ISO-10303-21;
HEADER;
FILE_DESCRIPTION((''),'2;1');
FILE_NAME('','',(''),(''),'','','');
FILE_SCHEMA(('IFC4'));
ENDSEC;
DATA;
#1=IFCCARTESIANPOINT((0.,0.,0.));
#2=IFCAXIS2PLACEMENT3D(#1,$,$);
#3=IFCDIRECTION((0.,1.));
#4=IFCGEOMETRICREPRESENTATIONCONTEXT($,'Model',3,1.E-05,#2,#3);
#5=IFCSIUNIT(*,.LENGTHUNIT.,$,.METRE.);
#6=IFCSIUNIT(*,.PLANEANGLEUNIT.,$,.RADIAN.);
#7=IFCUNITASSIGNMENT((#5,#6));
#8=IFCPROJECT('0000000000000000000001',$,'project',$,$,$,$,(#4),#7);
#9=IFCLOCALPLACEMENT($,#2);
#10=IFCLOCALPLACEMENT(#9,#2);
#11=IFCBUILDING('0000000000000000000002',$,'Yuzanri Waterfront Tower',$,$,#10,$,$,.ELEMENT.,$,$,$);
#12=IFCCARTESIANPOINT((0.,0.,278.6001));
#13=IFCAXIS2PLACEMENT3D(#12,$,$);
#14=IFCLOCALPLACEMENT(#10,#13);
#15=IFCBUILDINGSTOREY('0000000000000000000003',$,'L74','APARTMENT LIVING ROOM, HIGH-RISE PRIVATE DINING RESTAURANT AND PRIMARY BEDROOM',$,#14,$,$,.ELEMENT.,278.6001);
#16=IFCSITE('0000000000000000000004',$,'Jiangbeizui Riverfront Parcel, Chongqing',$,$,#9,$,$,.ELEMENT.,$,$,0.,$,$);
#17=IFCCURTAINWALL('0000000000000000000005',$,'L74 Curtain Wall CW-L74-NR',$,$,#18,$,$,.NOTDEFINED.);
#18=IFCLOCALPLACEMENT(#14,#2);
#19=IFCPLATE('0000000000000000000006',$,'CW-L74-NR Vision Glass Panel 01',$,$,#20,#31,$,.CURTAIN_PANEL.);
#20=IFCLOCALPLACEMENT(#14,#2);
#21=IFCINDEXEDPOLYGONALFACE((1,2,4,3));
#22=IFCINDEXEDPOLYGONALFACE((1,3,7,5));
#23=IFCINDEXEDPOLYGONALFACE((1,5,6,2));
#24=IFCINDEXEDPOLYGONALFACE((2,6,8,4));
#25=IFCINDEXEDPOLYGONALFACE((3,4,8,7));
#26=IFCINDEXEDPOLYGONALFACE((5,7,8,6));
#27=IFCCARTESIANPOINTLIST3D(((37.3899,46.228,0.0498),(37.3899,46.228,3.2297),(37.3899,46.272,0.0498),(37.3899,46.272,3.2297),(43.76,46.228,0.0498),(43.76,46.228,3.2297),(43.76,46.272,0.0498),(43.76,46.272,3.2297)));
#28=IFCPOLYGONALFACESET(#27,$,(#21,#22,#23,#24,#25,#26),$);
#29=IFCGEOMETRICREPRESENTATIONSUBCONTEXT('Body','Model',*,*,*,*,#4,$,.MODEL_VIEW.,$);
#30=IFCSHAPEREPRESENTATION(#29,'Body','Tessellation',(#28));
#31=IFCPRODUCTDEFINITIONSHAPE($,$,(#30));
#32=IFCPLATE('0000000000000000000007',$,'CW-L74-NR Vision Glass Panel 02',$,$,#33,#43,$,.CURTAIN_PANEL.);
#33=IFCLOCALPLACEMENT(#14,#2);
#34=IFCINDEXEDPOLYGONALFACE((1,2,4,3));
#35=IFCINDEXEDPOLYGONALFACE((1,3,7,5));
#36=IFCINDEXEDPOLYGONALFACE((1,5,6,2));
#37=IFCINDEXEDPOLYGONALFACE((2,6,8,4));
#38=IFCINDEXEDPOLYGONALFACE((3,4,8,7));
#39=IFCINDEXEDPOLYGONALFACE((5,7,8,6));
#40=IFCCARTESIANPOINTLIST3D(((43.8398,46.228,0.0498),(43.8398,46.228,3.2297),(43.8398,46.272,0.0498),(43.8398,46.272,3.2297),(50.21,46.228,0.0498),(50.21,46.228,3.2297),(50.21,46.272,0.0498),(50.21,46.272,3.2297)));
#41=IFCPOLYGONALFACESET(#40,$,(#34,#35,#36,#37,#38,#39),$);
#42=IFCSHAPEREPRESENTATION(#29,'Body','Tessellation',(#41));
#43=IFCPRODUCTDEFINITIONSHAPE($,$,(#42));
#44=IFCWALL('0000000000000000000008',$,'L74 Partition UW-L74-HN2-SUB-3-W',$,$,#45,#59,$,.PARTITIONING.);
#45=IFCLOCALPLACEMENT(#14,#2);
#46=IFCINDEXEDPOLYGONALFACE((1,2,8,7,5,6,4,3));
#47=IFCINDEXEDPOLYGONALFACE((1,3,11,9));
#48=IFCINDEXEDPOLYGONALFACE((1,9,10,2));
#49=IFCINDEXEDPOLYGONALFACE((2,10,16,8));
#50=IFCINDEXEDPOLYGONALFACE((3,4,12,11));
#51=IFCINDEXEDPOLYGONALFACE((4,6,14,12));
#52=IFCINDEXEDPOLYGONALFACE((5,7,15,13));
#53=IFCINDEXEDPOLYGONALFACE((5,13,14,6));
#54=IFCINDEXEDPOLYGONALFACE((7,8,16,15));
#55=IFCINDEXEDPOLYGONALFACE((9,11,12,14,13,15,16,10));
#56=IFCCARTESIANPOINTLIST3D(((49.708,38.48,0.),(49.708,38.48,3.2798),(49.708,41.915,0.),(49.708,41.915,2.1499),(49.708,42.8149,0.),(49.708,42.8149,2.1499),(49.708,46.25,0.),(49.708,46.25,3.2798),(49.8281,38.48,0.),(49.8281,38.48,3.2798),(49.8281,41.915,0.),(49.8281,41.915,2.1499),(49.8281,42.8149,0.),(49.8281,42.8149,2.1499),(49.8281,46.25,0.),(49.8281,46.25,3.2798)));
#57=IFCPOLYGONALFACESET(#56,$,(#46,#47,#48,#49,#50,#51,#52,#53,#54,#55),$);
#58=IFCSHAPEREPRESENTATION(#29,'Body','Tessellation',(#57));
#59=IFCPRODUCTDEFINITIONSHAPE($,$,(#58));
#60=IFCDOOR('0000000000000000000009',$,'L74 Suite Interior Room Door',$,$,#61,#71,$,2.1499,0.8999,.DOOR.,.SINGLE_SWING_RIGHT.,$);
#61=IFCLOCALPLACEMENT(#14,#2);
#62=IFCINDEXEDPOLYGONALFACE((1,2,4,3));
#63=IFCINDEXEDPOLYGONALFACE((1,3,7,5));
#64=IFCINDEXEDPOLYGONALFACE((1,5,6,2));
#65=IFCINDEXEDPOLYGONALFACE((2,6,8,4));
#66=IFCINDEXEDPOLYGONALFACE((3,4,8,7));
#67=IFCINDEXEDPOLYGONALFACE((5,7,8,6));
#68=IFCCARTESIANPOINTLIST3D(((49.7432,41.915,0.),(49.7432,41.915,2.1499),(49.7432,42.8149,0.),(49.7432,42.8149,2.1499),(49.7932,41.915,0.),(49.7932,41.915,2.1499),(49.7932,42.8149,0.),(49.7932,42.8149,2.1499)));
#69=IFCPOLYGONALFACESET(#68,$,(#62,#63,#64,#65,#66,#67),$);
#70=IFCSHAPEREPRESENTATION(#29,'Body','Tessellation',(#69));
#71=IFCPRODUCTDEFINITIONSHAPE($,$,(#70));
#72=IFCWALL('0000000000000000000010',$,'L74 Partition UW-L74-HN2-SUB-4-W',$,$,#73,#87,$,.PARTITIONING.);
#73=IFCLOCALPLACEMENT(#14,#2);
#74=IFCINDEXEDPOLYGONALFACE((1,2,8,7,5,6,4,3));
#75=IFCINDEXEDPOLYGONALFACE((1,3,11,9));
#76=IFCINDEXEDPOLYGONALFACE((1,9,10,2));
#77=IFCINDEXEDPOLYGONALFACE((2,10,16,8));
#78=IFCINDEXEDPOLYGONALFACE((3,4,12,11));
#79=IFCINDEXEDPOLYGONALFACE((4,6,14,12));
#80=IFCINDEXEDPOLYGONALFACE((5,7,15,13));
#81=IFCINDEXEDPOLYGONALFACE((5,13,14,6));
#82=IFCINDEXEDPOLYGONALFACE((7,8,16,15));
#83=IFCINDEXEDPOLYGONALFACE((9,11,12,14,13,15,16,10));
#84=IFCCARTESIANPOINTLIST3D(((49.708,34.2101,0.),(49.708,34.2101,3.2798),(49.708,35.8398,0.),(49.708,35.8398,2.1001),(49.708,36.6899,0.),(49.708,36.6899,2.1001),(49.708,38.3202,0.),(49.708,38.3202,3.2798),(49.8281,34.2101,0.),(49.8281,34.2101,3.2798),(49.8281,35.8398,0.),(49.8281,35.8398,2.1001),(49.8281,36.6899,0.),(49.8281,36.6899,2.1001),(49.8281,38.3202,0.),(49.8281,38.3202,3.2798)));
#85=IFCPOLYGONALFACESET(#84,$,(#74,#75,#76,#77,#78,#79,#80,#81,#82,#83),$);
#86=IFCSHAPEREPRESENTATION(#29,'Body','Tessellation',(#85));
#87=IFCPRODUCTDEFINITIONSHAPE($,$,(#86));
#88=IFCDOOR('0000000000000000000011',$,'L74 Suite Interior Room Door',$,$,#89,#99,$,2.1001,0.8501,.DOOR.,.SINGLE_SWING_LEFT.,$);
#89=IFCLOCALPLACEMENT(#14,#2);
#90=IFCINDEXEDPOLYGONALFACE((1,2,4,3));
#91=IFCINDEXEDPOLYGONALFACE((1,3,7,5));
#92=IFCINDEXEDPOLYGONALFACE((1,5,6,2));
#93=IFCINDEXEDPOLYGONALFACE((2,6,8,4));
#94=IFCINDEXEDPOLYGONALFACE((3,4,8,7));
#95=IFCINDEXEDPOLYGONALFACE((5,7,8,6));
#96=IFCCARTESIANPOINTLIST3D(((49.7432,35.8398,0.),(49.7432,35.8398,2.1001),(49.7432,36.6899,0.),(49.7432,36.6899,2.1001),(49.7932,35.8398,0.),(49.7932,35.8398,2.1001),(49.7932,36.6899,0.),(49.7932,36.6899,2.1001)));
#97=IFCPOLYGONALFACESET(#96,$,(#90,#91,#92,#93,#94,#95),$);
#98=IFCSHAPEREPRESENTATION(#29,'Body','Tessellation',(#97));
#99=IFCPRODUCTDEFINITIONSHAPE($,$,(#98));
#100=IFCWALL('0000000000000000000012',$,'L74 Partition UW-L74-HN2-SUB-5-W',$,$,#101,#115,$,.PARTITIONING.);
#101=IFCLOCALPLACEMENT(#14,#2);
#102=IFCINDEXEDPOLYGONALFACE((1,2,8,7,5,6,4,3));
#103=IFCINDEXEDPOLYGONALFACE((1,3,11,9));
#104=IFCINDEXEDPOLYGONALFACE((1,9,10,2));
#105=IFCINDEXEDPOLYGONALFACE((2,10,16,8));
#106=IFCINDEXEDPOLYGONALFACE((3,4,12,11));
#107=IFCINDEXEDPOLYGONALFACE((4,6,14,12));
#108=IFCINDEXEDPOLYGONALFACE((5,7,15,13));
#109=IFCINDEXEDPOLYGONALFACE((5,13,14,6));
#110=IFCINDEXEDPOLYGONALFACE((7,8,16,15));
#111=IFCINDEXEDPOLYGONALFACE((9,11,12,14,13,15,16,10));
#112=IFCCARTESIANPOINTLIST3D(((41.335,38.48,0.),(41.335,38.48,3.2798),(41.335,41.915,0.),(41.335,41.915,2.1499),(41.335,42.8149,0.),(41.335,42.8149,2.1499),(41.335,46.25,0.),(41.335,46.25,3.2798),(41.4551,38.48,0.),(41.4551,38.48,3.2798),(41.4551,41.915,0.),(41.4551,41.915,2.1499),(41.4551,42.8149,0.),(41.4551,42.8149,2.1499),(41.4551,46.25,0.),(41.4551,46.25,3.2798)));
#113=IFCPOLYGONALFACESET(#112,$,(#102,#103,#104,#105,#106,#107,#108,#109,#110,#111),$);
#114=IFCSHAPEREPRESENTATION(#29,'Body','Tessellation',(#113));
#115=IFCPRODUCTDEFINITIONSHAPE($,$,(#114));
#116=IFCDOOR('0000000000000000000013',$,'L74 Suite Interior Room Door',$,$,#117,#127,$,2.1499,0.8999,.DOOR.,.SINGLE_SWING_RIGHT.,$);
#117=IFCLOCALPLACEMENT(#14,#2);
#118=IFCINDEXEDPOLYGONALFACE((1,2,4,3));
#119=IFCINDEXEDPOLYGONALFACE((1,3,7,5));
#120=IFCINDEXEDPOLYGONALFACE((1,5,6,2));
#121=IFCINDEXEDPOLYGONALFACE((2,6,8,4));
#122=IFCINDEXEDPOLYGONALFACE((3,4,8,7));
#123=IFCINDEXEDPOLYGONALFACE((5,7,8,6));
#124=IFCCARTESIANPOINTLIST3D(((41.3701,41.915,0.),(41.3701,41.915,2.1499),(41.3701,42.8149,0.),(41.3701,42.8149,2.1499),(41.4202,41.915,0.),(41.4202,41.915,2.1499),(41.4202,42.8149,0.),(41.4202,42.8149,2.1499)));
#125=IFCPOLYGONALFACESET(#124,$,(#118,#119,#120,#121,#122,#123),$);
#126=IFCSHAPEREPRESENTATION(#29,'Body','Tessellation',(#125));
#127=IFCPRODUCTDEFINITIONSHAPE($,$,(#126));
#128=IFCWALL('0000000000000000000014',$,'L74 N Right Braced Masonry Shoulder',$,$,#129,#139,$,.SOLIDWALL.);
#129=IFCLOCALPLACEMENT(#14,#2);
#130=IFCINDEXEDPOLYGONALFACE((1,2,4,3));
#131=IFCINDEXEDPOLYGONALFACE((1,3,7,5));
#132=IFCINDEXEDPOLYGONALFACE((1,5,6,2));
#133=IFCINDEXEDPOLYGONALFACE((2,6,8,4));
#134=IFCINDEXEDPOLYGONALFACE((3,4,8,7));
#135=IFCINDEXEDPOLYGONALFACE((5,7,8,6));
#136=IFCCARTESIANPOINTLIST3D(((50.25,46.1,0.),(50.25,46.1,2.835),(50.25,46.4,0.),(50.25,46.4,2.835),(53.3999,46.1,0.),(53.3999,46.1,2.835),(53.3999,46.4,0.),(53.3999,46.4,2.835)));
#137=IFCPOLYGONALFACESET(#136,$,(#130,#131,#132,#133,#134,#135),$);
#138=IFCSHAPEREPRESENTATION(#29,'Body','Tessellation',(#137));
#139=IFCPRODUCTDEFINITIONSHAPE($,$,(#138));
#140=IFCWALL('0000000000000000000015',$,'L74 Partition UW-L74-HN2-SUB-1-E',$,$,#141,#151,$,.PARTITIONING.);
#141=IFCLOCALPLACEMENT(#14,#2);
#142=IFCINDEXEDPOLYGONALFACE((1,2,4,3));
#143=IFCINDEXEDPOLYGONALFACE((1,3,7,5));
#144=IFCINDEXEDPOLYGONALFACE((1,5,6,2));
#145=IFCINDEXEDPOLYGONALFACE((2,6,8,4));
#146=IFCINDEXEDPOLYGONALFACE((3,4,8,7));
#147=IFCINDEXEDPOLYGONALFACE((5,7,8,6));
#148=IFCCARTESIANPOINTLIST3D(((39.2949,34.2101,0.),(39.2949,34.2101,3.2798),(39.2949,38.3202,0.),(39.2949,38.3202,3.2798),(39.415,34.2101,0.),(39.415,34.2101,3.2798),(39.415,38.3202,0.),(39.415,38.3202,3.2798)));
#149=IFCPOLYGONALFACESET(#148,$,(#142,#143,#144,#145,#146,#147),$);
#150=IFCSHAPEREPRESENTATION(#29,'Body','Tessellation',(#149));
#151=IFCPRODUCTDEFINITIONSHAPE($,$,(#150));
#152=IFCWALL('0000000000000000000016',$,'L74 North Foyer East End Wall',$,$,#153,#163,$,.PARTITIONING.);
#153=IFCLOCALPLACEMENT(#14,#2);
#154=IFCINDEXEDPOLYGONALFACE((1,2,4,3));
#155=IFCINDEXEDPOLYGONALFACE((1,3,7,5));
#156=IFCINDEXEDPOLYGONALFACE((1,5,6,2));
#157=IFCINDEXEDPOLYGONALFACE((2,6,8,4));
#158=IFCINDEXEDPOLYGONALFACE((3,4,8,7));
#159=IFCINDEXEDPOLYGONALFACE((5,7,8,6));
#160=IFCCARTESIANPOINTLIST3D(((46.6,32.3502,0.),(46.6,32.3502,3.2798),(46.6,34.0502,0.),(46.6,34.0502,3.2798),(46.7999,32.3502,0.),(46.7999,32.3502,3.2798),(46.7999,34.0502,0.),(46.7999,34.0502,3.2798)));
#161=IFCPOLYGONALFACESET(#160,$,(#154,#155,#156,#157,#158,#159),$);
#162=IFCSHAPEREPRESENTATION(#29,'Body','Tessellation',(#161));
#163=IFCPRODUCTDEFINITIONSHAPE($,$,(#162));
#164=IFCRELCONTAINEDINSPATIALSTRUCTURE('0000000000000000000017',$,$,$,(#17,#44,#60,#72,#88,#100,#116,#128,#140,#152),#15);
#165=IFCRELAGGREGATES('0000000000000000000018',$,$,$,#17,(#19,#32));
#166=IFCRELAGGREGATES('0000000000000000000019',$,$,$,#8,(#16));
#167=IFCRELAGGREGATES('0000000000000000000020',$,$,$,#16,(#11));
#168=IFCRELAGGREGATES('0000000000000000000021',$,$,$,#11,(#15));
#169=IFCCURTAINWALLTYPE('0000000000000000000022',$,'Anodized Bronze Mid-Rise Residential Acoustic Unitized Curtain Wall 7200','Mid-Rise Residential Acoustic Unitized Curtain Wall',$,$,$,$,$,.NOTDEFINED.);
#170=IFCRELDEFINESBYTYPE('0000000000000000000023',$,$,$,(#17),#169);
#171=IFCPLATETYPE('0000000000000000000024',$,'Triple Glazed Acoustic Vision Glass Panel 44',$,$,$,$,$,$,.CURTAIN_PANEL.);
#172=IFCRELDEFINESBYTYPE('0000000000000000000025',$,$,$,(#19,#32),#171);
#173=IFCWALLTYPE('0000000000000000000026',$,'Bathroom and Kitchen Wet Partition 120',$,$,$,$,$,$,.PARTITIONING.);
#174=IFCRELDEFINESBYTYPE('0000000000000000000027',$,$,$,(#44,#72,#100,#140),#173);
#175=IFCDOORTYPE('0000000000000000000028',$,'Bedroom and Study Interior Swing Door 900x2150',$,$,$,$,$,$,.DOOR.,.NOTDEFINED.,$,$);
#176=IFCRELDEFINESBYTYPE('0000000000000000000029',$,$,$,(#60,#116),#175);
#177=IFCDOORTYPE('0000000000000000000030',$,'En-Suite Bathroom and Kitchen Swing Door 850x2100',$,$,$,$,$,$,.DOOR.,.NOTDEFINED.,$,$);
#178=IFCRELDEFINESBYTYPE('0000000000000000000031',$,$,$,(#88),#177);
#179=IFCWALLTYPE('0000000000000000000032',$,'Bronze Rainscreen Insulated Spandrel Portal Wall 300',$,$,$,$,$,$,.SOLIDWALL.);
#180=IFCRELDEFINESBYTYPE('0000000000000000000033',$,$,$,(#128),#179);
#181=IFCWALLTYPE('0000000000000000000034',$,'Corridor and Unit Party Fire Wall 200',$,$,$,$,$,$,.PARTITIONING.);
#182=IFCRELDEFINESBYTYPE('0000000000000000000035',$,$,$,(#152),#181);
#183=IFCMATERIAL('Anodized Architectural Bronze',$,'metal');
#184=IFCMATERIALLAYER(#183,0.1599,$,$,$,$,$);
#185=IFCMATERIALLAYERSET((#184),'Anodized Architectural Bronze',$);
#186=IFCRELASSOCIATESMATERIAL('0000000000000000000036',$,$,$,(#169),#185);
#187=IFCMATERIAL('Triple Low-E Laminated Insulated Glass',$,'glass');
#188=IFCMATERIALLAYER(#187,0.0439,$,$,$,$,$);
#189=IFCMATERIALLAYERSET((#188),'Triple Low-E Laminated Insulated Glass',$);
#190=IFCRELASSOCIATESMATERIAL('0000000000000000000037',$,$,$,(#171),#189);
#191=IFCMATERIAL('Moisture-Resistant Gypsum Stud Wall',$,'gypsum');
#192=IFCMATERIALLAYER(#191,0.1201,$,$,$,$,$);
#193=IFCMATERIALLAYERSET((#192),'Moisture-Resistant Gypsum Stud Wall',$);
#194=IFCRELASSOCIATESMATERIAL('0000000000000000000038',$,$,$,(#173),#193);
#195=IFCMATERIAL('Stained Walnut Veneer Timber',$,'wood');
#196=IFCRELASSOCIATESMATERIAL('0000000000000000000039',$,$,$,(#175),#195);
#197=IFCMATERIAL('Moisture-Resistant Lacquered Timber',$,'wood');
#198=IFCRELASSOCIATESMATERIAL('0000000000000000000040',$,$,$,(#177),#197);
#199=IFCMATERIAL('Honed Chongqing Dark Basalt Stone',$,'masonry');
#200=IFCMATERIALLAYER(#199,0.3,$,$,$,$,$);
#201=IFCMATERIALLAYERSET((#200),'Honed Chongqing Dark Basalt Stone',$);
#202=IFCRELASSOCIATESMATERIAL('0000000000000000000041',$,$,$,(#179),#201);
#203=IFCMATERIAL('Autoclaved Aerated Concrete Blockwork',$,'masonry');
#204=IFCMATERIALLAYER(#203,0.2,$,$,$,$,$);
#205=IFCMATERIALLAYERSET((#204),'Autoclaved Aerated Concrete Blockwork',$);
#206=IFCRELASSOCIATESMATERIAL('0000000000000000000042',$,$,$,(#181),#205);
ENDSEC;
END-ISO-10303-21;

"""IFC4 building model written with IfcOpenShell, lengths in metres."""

from ifc_helpers import new_model, si_unit, direction, frame, frame_2d, origin, origin_2d, place, context, subcontext, project, spatial, rectangle, extrude, source, transform, mapped, material, layer, layer_set, type_object, element, fill, aggregate, save


model = new_model("IFC4")

# Units and contexts
model_context = context("Model", 3, precision=1e-05, world=origin(), true_north=direction((0.0, 1.0)))
body_context = subcontext(model_context, "Body", "Model", "MODEL_VIEW")
ifc_project = project(units=[si_unit("LENGTHUNIT", "METRE"), si_unit("PLANEANGLEUNIT", "RADIAN")], contexts=[model_context])

# Site, building, storey
site_placement = place(None, origin())
site = spatial("IfcSite", under=ifc_project, at=site_placement, Name="Jiangbeizui Riverfront Parcel, Chongqing", CompositionType="ELEMENT", RefElevation=0.0)
building_placement = place(site_placement, origin())
building = spatial("IfcBuilding", under=site, at=building_placement, Name="Yuzanri Waterfront Tower", CompositionType="ELEMENT")
storey_placement = place(building_placement, frame((0.0, 0.0, 278.6001)))
storey = spatial("IfcBuildingStorey", under=building, at=storey_placement, Name="L74", Description="APARTMENT LIVING ROOM, HIGH-RISE PRIVATE DINING RESTAURANT AND PRIMARY BEDROOM", CompositionType="ELEMENT", Elevation=278.6001)

# Curtain wall, plates
ifc_material_1 = material(Name="Anodized Architectural Bronze", Category="metal")
ifc_layer_1 = layer(ifc_material_1, 0.1599)
ifc_layer_set_1 = layer_set([ifc_layer_1], Name="Anodized Architectural Bronze")
curtain_wall_type = type_object("IfcCurtainWallType", Name="Anodized Bronze Mid-Rise Residential Acoustic Unitized Curtain Wall 7200", Description="Mid-Rise Residential Acoustic Unitized Curtain Wall", PredefinedType="NOTDEFINED", material=ifc_layer_set_1)
curtain_wall_placement = place(storey_placement, origin())
curtain_wall = element("IfcCurtainWall", 1, at=curtain_wall_placement, inside=storey, type_object=curtain_wall_type, Name="L74 Curtain Wall CW-L74-NR", PredefinedType="NOTDEFINED")
ifc_material_2 = material(Name="Triple Low-E Laminated Insulated Glass", Category="glass")
ifc_layer_2 = layer(ifc_material_2, 0.0439)
ifc_layer_set_2 = layer_set([ifc_layer_2], Name="Triple Low-E Laminated Insulated Glass")
plate_type = type_object("IfcPlateType", Name="Triple Glazed Acoustic Vision Glass Panel 44", PredefinedType="CURTAIN_PANEL", material=ifc_layer_set_2)
shared_shape_1 = source(origin(), body_context, "Body", "SweptSolid", [
    extrude(rectangle(XDim=6.3701, YDim=0.0439, at=origin_2d()), origin(), (0.0, 0.0, 1.0), 3.1799),
])
plate_1_placement = place(storey_placement, frame((40.575, 46.25, 0.0498), z_axis=(0.0, 0.0, 1.0), x_axis=(1.0, 0.0, 0.0)))
plate_1 = element("IfcPlate", 2, at=plate_1_placement, type_object=plate_type, Name="CW-L74-NR Vision Glass Panel 01", PredefinedType="CURTAIN_PANEL", context=body_context, shape_type="MappedRepresentation", body=[
    mapped(shared_shape_1, transform((0.0, 0.0, 0.0), scale=1.0)),
])
plate_2_placement = place(storey_placement, frame((47.0249, 46.25, 0.0498), z_axis=(0.0, 0.0, 1.0), x_axis=(1.0, 0.0, 0.0)))
plate_2 = element("IfcPlate", 3, at=plate_2_placement, type_object=plate_type, Name="CW-L74-NR Vision Glass Panel 02", PredefinedType="CURTAIN_PANEL", context=body_context, shape_type="MappedRepresentation", body=[
    mapped(shared_shape_1, transform((0.0, 0.0, 0.0), scale=1.0)),
])
aggregate(curtain_wall, [plate_1, plate_2])

# Walls, openings, doors
ifc_material_3 = material(Name="Moisture-Resistant Gypsum Stud Wall", Category="gypsum")
ifc_layer_3 = layer(ifc_material_3, 0.1201)
ifc_layer_set_3 = layer_set([ifc_layer_3], Name="Moisture-Resistant Gypsum Stud Wall")
wall_type_1 = type_object("IfcWallType", Name="Bathroom and Kitchen Wet Partition 120", PredefinedType="PARTITIONING", material=ifc_layer_set_3)
wall_1_placement = place(storey_placement, frame((49.7681, 38.48, 0.0), z_axis=(0.0, 0.0, 1.0), x_axis=(0.0, 1.0, 0.0)))
wall_1 = element("IfcWall", 4, at=wall_1_placement, inside=storey, type_object=wall_type_1, Name="L74 Partition UW-L74-HN2-SUB-3-W", PredefinedType="PARTITIONING", context=body_context, shape_type="SweptSolid", body=[
    extrude(rectangle(XDim=7.77, YDim=0.1201, at=frame_2d((3.885, 0.0))), origin(), (0.0, 0.0, 1.0), 3.2798),
])
opening_1_placement = place(wall_1_placement, frame((3.4351, 0.0, 0.0)))
opening_1 = element("IfcOpeningElement", 5, at=opening_1_placement, cuts=wall_1, PredefinedType="OPENING", context=body_context, shape_type="SweptSolid", body=[
    extrude(rectangle(XDim=0.8999, YDim=2.1499, at=frame_2d((0.45, 1.075))), frame((0.0, 0.075, 0.0), z_axis=(0.0, -1.0, 0.0), x_axis=(1.0, 0.0, 0.0)), (0.0, 0.0, 1.0), 0.1499),
])
ifc_material_4 = material(Name="Stained Walnut Veneer Timber", Category="wood")
door_type_1 = type_object("IfcDoorType", Name="Bedroom and Study Interior Swing Door 900x2150", OperationType="NOTDEFINED", PredefinedType="DOOR", material=ifc_material_4)
shared_shape_2 = source(origin(), body_context, "Body", "SweptSolid", [
    extrude(rectangle(XDim=0.8999, YDim=2.1499, at=frame_2d((0.45, 1.075))), frame((0.0, 0.0249, 0.0), z_axis=(0.0, -1.0, 0.0), x_axis=(1.0, 0.0, 0.0)), (0.0, 0.0, 1.0), 0.05),
])
door_1_placement = place(opening_1_placement, origin())
door_1 = element("IfcDoor", 6, at=door_1_placement, inside=storey, type_object=door_type_1, Name="L74 Suite Interior Room Door", OperationType="SINGLE_SWING_RIGHT", OverallHeight=2.1499, OverallWidth=0.8999, PredefinedType="DOOR", context=body_context, shape_type="MappedRepresentation", body=[
    mapped(shared_shape_2, transform((0.0, 0.0, 0.0), scale=1.0)),
])
fill(opening_1, door_1)
wall_2_placement = place(storey_placement, frame((49.7681, 34.21, 0.0), z_axis=(0.0, 0.0, 1.0), x_axis=(0.0, 1.0, 0.0)))
wall_2 = element("IfcWall", 7, at=wall_2_placement, inside=storey, type_object=wall_type_1, Name="L74 Partition UW-L74-HN2-SUB-4-W", PredefinedType="PARTITIONING", context=body_context, shape_type="SweptSolid", body=[
    extrude(rectangle(XDim=4.1101, YDim=0.1201, at=frame_2d((2.0552, 0.0))), origin(), (0.0, 0.0, 1.0), 3.2798),
])
opening_2_placement = place(wall_2_placement, frame((1.6299, 0.0, 0.0)))
opening_2 = element("IfcOpeningElement", 8, at=opening_2_placement, cuts=wall_2, PredefinedType="OPENING", context=body_context, shape_type="SweptSolid", body=[
    extrude(rectangle(XDim=0.8501, YDim=2.1001, at=frame_2d((0.425, 1.05))), frame((0.0, 0.075, 0.0), z_axis=(0.0, -1.0, 0.0), x_axis=(1.0, 0.0, 0.0)), (0.0, 0.0, 1.0), 0.1499),
])
ifc_material_5 = material(Name="Moisture-Resistant Lacquered Timber", Category="wood")
door_type_2 = type_object("IfcDoorType", Name="En-Suite Bathroom and Kitchen Swing Door 850x2100", OperationType="NOTDEFINED", PredefinedType="DOOR", material=ifc_material_5)
shared_shape_3 = source(origin(), body_context, "Body", "SweptSolid", [
    extrude(rectangle(XDim=0.8501, YDim=2.1001, at=frame_2d((0.425, 1.05))), frame((0.0, 0.0249, 0.0), z_axis=(0.0, -1.0, 0.0), x_axis=(1.0, 0.0, 0.0)), (0.0, 0.0, 1.0), 0.05),
])
door_2_placement = place(opening_2_placement, origin())
door_2 = element("IfcDoor", 9, at=door_2_placement, inside=storey, type_object=door_type_2, Name="L74 Suite Interior Room Door", OperationType="SINGLE_SWING_LEFT", OverallHeight=2.1001, OverallWidth=0.8501, PredefinedType="DOOR", context=body_context, shape_type="MappedRepresentation", body=[
    mapped(shared_shape_3, transform((0.0, 0.0, 0.0), scale=1.0)),
])
fill(opening_2, door_2)
wall_3_placement = place(storey_placement, frame((41.395, 38.48, 0.0), z_axis=(0.0, 0.0, 1.0), x_axis=(0.0, 1.0, 0.0)))
wall_3 = element("IfcWall", 10, at=wall_3_placement, inside=storey, type_object=wall_type_1, Name="L74 Partition UW-L74-HN2-SUB-5-W", PredefinedType="PARTITIONING", context=body_context, shape_type="SweptSolid", body=[
    extrude(rectangle(XDim=7.77, YDim=0.1201, at=frame_2d((3.885, 0.0))), origin(), (0.0, 0.0, 1.0), 3.2798),
])
opening_3_placement = place(wall_3_placement, frame((3.4351, 0.0, 0.0)))
opening_3 = element("IfcOpeningElement", 11, at=opening_3_placement, cuts=wall_3, PredefinedType="OPENING", context=body_context, shape_type="SweptSolid", body=[
    extrude(rectangle(XDim=0.8999, YDim=2.1499, at=frame_2d((0.45, 1.075))), frame((0.0, 0.075, 0.0), z_axis=(0.0, -1.0, 0.0), x_axis=(1.0, 0.0, 0.0)), (0.0, 0.0, 1.0), 0.1499),
])
door_3_placement = place(opening_3_placement, origin())
door_3 = element("IfcDoor", 12, at=door_3_placement, inside=storey, type_object=door_type_1, Name="L74 Suite Interior Room Door", OperationType="SINGLE_SWING_RIGHT", OverallHeight=2.1499, OverallWidth=0.8999, PredefinedType="DOOR", context=body_context, shape_type="MappedRepresentation", body=[
    mapped(shared_shape_2, transform((0.0, 0.0, 0.0), scale=1.0)),
])
fill(opening_3, door_3)

# Walls
ifc_material_6 = material(Name="Honed Chongqing Dark Basalt Stone", Category="masonry")
ifc_layer_4 = layer(ifc_material_6, 0.3)
ifc_layer_set_4 = layer_set([ifc_layer_4], Name="Honed Chongqing Dark Basalt Stone")
wall_type_2 = type_object("IfcWallType", Name="Bronze Rainscreen Insulated Spandrel Portal Wall 300", PredefinedType="SOLIDWALL", material=ifc_layer_set_4)
shared_shape_4 = source(origin(), body_context, "Body", "SweptSolid", [
    extrude(rectangle(XDim=3.1499, YDim=0.3, at=frame_2d((1.575, 0.0))), origin(), (0.0, 0.0, 1.0), 2.835),
])
wall_4_placement = place(storey_placement, frame((50.25, 46.25, 0.0), z_axis=(0.0, 0.0, 1.0), x_axis=(1.0, 0.0, 0.0)))
element("IfcWall", 13, at=wall_4_placement, inside=storey, type_object=wall_type_2, Name="L74 N Right Braced Masonry Shoulder", PredefinedType="SOLIDWALL", context=body_context, shape_type="MappedRepresentation", body=[
    mapped(shared_shape_4, transform((0.0, 0.0, 0.0), scale=1.0)),
])
shared_shape_5 = source(origin(), body_context, "Body", "SweptSolid", [
    extrude(rectangle(XDim=4.1101, YDim=0.1201, at=frame_2d((2.0552, 0.0))), origin(), (0.0, 0.0, 1.0), 3.2798),
])
wall_5_placement = place(storey_placement, frame((39.355, 34.21, 0.0), z_axis=(0.0, 0.0, 1.0), x_axis=(0.0, 1.0, 0.0)))
element("IfcWall", 14, at=wall_5_placement, inside=storey, type_object=wall_type_1, Name="L74 Partition UW-L74-HN2-SUB-1-E", PredefinedType="PARTITIONING", context=body_context, shape_type="MappedRepresentation", body=[
    mapped(shared_shape_5, transform((0.0, 0.0, 0.0), scale=1.0)),
])
ifc_material_7 = material(Name="Autoclaved Aerated Concrete Blockwork", Category="masonry")
ifc_layer_5 = layer(ifc_material_7, 0.2)
ifc_layer_set_5 = layer_set([ifc_layer_5], Name="Autoclaved Aerated Concrete Blockwork")
wall_type_3 = type_object("IfcWallType", Name="Corridor and Unit Party Fire Wall 200", PredefinedType="PARTITIONING", material=ifc_layer_set_5)
shared_shape_6 = source(origin(), body_context, "Body", "SweptSolid", [
    extrude(rectangle(XDim=1.7, YDim=0.2, at=frame_2d((0.8501, 0.0))), origin(), (0.0, 0.0, 1.0), 3.2798),
])
wall_6_placement = place(storey_placement, frame((46.7, 32.3501, 0.0), z_axis=(0.0, 0.0, 1.0), x_axis=(0.0, 1.0, 0.0)))
element("IfcWall", 15, at=wall_6_placement, inside=storey, type_object=wall_type_3, Name="L74 North Foyer East End Wall", PredefinedType="PARTITIONING", context=body_context, shape_type="MappedRepresentation", body=[
    mapped(shared_shape_6, transform((0.0, 0.0, 0.0), scale=1.0)),
])

save(model, "model.ifc")
